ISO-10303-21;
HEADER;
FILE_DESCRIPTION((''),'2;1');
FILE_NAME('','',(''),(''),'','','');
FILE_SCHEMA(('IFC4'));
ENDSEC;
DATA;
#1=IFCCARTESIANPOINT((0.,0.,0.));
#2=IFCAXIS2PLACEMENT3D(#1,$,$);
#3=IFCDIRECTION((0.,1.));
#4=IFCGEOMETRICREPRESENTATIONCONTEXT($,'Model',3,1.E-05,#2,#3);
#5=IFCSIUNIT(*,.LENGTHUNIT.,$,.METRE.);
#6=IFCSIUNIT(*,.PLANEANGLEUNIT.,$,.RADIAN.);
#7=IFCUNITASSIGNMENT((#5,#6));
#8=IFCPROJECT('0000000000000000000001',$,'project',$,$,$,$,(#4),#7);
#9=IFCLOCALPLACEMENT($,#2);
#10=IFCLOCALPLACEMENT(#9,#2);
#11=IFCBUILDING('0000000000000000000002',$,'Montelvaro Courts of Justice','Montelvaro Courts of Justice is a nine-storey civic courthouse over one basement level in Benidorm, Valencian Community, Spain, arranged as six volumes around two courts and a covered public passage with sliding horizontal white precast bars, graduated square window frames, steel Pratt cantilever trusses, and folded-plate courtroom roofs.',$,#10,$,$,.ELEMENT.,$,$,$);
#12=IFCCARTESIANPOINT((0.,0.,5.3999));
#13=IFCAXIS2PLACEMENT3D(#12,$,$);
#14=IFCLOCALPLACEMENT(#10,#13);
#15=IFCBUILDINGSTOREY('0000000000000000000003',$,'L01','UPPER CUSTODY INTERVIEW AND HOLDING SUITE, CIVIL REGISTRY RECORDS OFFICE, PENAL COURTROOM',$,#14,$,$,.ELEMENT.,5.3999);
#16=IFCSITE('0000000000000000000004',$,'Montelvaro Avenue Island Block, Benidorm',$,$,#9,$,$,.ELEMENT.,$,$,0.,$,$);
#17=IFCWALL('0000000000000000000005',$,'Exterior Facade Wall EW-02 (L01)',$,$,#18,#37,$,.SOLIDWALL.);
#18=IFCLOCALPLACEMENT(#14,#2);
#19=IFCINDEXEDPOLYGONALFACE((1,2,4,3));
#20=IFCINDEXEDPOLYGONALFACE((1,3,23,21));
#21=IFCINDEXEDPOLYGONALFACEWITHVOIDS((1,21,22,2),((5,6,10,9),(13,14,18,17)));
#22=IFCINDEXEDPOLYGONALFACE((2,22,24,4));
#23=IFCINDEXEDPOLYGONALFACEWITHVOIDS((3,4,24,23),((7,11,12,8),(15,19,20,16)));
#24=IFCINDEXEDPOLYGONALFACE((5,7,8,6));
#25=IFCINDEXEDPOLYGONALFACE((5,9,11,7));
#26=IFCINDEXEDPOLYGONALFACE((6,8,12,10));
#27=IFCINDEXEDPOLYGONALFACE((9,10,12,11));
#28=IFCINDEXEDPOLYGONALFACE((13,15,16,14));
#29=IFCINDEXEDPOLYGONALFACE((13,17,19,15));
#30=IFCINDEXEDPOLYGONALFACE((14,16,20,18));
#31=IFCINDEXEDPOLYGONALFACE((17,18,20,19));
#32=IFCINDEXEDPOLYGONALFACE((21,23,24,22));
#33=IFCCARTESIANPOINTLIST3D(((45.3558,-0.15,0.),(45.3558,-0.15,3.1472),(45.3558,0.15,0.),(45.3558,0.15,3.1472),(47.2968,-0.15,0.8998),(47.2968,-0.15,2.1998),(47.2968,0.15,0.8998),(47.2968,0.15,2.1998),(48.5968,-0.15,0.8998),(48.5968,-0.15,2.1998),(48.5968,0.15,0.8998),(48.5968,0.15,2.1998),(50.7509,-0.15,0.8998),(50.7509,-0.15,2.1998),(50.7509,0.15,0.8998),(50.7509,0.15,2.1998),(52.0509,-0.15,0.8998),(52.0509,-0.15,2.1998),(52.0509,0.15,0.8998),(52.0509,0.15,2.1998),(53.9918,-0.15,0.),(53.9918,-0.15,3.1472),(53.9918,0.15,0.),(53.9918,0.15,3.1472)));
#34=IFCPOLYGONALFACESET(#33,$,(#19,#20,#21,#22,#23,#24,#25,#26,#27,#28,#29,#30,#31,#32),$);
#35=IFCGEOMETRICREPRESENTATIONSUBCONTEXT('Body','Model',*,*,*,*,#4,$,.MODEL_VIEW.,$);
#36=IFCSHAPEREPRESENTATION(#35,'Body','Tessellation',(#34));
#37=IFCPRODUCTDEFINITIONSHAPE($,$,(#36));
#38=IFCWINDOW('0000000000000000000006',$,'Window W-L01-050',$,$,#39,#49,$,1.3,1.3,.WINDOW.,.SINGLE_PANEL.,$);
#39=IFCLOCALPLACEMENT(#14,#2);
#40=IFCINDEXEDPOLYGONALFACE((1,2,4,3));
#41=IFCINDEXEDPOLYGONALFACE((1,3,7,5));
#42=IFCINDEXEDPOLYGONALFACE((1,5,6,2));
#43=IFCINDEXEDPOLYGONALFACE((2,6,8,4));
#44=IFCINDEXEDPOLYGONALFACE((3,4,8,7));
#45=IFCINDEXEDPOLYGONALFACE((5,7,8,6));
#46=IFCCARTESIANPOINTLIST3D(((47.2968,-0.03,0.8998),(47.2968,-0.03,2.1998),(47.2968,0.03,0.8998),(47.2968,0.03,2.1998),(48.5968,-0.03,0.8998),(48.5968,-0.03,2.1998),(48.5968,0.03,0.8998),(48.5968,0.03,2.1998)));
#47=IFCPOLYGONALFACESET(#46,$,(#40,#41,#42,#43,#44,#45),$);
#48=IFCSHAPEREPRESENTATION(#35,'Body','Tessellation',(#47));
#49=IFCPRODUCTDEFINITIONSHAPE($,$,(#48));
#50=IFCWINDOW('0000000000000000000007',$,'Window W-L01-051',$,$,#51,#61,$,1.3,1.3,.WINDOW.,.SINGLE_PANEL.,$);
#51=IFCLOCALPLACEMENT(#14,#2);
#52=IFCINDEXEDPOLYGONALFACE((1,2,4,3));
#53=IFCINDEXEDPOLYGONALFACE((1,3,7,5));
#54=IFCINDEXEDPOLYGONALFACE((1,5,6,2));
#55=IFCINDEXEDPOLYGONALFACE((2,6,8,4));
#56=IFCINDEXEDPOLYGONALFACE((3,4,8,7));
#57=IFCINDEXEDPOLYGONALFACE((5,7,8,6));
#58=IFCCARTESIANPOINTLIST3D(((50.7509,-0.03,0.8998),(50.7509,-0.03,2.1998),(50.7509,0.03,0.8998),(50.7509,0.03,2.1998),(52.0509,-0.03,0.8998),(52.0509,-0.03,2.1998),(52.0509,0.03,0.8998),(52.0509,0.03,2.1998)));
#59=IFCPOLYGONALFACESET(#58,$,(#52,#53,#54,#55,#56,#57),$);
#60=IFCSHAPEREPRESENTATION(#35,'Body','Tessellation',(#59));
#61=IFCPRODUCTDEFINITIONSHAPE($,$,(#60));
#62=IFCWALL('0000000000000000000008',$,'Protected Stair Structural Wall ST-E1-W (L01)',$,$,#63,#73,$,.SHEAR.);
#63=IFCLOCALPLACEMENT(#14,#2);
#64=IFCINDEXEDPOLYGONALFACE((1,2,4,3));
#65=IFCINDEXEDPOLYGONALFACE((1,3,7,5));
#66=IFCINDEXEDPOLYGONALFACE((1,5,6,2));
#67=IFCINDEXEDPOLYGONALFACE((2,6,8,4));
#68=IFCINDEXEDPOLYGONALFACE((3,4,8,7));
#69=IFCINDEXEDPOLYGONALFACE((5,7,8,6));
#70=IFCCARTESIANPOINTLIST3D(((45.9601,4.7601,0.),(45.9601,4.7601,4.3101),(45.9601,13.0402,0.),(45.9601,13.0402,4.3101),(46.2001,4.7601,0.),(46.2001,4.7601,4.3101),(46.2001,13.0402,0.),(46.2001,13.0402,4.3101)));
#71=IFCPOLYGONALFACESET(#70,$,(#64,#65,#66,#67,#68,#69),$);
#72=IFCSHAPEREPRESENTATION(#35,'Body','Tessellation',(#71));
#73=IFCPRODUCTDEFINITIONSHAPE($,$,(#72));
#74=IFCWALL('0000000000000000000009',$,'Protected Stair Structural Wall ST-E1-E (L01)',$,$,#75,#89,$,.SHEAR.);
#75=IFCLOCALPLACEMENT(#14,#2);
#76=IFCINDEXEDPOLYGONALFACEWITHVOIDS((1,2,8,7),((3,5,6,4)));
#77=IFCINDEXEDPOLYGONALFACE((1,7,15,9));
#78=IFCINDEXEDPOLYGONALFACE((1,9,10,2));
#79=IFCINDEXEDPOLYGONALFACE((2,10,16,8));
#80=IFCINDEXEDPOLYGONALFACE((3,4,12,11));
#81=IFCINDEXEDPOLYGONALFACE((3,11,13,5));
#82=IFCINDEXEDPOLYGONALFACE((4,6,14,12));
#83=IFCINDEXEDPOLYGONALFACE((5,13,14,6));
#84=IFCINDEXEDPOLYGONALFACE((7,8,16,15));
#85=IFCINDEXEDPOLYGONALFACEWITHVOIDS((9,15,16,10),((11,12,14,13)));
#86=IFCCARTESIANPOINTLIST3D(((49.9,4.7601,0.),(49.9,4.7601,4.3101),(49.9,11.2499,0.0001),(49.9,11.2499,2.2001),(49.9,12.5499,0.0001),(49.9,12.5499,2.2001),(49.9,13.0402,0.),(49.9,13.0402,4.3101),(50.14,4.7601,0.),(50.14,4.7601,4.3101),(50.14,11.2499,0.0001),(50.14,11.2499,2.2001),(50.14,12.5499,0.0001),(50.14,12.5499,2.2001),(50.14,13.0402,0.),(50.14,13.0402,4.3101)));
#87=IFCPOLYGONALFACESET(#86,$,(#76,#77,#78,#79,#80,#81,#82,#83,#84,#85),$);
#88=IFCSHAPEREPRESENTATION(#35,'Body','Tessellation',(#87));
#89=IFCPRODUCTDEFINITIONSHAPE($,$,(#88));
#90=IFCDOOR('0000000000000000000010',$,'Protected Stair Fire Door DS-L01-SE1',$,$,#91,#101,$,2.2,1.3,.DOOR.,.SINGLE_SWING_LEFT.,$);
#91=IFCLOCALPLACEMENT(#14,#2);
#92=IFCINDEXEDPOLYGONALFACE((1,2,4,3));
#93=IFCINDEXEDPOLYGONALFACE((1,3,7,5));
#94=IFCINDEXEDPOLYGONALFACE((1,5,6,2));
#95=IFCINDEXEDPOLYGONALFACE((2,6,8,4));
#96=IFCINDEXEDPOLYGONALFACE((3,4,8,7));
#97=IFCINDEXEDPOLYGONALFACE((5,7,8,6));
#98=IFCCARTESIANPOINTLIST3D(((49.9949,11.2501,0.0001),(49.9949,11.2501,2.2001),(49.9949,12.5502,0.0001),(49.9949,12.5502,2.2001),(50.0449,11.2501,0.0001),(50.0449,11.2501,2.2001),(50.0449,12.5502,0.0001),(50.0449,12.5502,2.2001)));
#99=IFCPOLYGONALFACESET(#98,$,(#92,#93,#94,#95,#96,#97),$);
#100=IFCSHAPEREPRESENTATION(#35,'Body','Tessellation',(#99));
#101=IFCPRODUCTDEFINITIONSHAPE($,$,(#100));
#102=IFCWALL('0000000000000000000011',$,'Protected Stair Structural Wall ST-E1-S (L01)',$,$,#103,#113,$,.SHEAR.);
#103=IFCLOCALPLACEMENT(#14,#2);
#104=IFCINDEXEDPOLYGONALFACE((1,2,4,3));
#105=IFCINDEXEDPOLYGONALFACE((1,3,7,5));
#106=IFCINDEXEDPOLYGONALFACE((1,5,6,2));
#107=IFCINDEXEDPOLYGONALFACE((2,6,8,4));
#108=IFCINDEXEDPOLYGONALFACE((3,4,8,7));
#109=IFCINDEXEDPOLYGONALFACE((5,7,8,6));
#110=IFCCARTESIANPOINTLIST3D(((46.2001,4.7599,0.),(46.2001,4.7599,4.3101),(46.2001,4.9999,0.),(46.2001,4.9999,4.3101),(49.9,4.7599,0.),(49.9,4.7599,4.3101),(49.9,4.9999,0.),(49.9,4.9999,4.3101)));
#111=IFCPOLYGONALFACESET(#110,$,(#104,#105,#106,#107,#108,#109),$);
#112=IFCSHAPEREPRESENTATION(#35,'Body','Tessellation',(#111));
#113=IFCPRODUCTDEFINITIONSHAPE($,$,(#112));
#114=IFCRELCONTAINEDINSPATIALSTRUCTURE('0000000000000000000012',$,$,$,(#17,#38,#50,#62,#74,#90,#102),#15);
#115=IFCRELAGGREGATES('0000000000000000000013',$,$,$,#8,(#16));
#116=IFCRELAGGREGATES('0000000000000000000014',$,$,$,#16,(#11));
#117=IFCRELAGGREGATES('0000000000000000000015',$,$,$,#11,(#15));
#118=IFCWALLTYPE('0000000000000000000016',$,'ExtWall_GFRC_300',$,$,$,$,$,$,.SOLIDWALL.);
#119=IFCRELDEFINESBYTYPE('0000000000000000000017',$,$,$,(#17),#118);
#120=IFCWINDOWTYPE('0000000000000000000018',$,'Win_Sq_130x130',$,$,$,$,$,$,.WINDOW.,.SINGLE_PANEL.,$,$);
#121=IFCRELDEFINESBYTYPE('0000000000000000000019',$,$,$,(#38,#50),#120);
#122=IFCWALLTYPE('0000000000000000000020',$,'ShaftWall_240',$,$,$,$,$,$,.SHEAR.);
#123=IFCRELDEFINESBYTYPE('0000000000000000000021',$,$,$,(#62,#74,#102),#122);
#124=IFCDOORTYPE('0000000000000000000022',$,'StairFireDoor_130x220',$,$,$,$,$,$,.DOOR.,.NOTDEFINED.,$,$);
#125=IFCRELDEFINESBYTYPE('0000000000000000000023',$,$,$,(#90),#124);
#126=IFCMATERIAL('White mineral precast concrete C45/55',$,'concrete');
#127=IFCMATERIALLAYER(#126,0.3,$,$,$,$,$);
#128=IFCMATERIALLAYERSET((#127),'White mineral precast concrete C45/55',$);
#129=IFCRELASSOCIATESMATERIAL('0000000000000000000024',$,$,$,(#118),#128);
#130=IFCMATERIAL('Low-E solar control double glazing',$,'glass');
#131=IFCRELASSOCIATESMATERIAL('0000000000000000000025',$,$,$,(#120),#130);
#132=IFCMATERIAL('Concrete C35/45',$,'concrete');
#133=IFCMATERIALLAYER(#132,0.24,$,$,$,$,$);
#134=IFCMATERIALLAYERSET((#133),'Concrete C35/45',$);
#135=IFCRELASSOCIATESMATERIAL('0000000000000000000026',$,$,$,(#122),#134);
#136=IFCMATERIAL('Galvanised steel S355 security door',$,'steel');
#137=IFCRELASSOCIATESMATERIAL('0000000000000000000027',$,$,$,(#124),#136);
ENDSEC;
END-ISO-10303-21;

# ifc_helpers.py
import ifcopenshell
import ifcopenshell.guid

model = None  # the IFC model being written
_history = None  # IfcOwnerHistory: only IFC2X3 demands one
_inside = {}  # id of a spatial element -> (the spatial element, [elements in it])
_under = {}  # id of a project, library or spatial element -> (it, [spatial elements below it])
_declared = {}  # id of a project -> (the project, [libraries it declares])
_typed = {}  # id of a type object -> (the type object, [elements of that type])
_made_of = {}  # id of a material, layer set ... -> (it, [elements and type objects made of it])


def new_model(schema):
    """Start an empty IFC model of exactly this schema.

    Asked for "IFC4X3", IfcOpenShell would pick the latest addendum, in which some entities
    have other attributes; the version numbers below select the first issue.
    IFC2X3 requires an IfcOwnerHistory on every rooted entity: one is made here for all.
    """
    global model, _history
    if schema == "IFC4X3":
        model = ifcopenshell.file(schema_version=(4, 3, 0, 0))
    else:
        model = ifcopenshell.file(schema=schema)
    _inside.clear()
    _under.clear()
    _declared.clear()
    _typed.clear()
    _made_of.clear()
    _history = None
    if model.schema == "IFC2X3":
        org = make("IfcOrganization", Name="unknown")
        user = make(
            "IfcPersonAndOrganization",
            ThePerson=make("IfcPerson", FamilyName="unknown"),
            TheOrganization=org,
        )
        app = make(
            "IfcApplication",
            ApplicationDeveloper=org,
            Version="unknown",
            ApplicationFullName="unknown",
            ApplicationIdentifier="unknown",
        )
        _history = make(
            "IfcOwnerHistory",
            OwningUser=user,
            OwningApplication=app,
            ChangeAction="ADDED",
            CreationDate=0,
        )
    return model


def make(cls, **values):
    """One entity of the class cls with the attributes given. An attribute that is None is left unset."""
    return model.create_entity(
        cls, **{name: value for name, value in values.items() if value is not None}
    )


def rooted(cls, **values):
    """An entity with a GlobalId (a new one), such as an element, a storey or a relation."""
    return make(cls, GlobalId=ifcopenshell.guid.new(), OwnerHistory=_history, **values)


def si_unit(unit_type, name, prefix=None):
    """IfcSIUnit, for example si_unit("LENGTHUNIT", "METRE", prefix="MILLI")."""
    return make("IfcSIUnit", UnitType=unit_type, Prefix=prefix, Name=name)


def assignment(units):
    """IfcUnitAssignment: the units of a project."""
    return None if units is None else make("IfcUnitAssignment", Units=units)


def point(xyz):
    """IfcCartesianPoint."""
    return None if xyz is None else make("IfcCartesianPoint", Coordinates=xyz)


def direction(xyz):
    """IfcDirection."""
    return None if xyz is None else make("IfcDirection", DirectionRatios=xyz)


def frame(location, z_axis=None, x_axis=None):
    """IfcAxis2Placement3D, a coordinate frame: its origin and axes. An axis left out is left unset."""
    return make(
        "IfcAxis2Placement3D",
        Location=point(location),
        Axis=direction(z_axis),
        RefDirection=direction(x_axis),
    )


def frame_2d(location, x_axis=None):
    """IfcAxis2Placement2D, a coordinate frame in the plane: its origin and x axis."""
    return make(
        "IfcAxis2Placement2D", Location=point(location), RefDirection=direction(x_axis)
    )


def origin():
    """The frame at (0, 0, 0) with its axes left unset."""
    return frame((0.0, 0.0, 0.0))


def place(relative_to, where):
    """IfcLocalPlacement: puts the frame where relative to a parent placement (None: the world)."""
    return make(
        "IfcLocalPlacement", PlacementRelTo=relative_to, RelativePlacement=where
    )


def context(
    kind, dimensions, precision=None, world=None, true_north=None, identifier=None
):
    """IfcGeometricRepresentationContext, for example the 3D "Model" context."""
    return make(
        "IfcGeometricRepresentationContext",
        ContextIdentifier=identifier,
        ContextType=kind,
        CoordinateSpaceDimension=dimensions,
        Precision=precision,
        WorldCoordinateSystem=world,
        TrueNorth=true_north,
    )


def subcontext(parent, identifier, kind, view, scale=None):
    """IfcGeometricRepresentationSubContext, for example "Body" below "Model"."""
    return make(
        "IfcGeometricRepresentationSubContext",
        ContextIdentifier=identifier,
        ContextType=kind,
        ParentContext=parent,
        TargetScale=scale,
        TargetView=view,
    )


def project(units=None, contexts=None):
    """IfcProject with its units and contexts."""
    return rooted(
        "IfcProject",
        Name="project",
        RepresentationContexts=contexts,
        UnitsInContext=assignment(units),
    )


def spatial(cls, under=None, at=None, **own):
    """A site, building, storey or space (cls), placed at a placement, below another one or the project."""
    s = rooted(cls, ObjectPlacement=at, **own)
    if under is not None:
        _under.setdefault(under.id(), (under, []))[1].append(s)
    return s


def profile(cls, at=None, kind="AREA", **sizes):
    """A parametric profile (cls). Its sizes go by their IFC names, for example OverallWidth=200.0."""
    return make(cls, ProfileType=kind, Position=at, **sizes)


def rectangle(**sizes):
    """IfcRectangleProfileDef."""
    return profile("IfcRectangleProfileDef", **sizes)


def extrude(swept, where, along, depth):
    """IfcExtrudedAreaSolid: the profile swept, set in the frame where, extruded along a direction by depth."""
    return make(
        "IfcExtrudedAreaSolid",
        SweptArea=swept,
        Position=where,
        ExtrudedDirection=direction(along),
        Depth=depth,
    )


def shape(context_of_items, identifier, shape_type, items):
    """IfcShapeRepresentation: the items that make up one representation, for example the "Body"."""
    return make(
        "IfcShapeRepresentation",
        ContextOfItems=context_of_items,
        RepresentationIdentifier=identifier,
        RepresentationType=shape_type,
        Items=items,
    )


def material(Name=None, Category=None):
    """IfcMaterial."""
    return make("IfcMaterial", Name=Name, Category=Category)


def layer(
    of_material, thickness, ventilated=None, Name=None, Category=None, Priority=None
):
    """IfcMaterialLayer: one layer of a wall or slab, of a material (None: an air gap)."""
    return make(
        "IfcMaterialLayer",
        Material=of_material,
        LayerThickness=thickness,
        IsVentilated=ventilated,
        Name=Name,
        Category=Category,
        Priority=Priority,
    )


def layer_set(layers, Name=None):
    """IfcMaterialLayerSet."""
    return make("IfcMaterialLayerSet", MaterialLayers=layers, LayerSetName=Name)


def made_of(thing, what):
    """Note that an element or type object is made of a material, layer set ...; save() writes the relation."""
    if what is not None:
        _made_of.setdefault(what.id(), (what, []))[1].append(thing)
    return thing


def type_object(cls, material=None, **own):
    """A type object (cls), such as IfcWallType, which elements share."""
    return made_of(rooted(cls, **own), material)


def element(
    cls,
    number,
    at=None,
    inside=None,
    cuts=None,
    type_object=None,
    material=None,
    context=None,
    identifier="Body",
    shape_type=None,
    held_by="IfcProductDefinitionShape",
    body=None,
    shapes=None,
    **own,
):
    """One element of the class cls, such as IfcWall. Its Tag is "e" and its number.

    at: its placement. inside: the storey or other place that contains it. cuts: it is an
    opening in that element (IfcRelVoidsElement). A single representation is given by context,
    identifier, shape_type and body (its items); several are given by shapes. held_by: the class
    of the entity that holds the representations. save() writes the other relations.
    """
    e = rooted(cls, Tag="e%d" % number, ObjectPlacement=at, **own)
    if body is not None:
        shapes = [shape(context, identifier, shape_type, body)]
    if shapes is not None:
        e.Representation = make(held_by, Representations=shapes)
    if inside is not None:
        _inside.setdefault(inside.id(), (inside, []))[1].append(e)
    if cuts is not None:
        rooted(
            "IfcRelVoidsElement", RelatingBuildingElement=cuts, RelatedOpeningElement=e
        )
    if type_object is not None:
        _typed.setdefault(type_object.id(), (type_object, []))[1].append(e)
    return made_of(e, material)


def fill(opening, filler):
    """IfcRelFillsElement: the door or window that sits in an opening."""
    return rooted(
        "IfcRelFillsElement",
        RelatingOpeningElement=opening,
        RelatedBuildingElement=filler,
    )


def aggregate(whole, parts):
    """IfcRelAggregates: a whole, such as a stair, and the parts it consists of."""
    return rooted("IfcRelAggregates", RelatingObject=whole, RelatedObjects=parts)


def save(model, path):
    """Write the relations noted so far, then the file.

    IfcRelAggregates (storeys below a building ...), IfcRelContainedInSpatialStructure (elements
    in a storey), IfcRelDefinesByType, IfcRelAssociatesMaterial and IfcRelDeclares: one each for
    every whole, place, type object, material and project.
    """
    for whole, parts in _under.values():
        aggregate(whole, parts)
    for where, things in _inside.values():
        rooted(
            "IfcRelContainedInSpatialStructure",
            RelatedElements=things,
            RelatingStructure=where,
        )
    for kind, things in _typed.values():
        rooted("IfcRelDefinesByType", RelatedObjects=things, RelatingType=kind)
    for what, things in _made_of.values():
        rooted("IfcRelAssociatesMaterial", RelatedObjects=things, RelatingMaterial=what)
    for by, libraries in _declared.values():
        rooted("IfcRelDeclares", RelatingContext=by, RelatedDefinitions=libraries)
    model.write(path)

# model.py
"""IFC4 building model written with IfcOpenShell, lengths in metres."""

from ifc_helpers import new_model, si_unit, direction, frame, frame_2d, origin, place, context, subcontext, project, spatial, rectangle, extrude, material, layer, layer_set, type_object, element, fill, save


model = new_model("IFC4")

# Units and contexts
model_context = context("Model", 3, precision=1e-05, world=origin(), true_north=direction((0.0, 1.0)))
body_context = subcontext(model_context, "Body", "Model", "MODEL_VIEW")
ifc_project = project(units=[si_unit("LENGTHUNIT", "METRE"), si_unit("PLANEANGLEUNIT", "RADIAN")], contexts=[model_context])

# Site, building, storey
site_placement = place(None, origin())
site = spatial("IfcSite", under=ifc_project, at=site_placement, Name="Montelvaro Avenue Island Block, Benidorm", CompositionType="ELEMENT", RefElevation=0.0)
building_placement = place(site_placement, origin())
building = spatial("IfcBuilding", under=site, at=building_placement, Name="Montelvaro Courts of Justice", Description="Montelvaro Courts of Justice is a nine-storey civic courthouse over one basement level in Benidorm, Valencian Community, Spain, arranged as six volumes around two courts and a covered public passage with sliding horizontal white precast bars, graduated square window frames, steel Pratt cantilever trusses, and folded-plate courtroom roofs.", CompositionType="ELEMENT")
storey_placement = place(building_placement, frame((0.0, 0.0, 5.3999)))
storey = spatial("IfcBuildingStorey", under=building, at=storey_placement, Name="L01", Description="UPPER CUSTODY INTERVIEW AND HOLDING SUITE, CIVIL REGISTRY RECORDS OFFICE, PENAL COURTROOM", CompositionType="ELEMENT", Elevation=5.3999)

# Shared definitions
ifc_material_1 = material(Name="White mineral precast concrete C45/55", Category="concrete")

# Wall, openings, windows
ifc_layer_1 = layer(ifc_material_1, 0.3)
ifc_layer_set_1 = layer_set([ifc_layer_1], Name="White mineral precast concrete C45/55")
wall_type_1 = type_object("IfcWallType", Name="ExtWall_GFRC_300", PredefinedType="SOLIDWALL", material=ifc_layer_set_1)
wall_1_placement = place(storey_placement, frame((45.356, 0.0, 0.0), z_axis=(0.0, 0.0, 1.0), x_axis=(1.0, 0.0, 0.0)))
wall_1 = element("IfcWall", 1, at=wall_1_placement, inside=storey, type_object=wall_type_1, Name="Exterior Facade Wall EW-02 (L01)", PredefinedType="SOLIDWALL", context=body_context, shape_type="SweptSolid", body=[
    extrude(rectangle(XDim=8.636, YDim=0.3, at=frame_2d((4.3179, 0.0))), origin(), (0.0, 0.0, 1.0), 3.1472),
])
opening_1_placement = place(wall_1_placement, frame((1.9409, 0.0, 0.8999)))
opening_1 = element("IfcOpeningElement", 2, at=opening_1_placement, cuts=wall_1, PredefinedType="OPENING", context=body_context, shape_type="SweptSolid", body=[
    extrude(rectangle(XDim=1.3, YDim=1.3, at=frame_2d((0.6499, 0.6499))), frame((0.0, 0.165, 0.0), z_axis=(0.0, -1.0, 0.0), x_axis=(1.0, 0.0, 0.0)), (0.0, 0.0, 1.0), 0.3298),
])
opening_2_placement = place(wall_1_placement, frame((5.395, 0.0, 0.8999)))
opening_2 = element("IfcOpeningElement", 3, at=opening_2_placement, cuts=wall_1, PredefinedType="OPENING", context=body_context, shape_type="SweptSolid", body=[
    extrude(rectangle(XDim=1.3, YDim=1.3, at=frame_2d((0.6499, 0.6499))), frame((0.0, 0.165, 0.0), z_axis=(0.0, -1.0, 0.0), x_axis=(1.0, 0.0, 0.0)), (0.0, 0.0, 1.0), 0.3298),
])
ifc_material_2 = material(Name="Low-E solar control double glazing", Category="glass")
window_type_1 = type_object("IfcWindowType", Name="Win_Sq_130x130", PartitioningType="SINGLE_PANEL", PredefinedType="WINDOW", material=ifc_material_2)
window_1_placement = place(opening_1_placement, origin())
window_1 = element("IfcWindow", 4, at=window_1_placement, inside=storey, type_object=window_type_1, Name="Window W-L01-050", OverallHeight=1.3, OverallWidth=1.3, PartitioningType="SINGLE_PANEL", PredefinedType="WINDOW", context=body_context, shape_type="SweptSolid", body=[
    extrude(rectangle(XDim=1.3, YDim=1.3, at=frame_2d((0.6499, 0.6499))), frame((0.0, 0.03, 0.0), z_axis=(0.0, -1.0, 0.0), x_axis=(1.0, 0.0, 0.0)), (0.0, 0.0, 1.0), 0.0601),
])
fill(opening_1, window_1)
window_2_placement = place(opening_2_placement, origin())
window_2 = element("IfcWindow", 5, at=window_2_placement, inside=storey, type_object=window_type_1, Name="Window W-L01-051", OverallHeight=1.3, OverallWidth=1.3, PartitioningType="SINGLE_PANEL", PredefinedType="WINDOW", context=body_context, shape_type="SweptSolid", body=[
    extrude(rectangle(XDim=1.3, YDim=1.3, at=frame_2d((0.6499, 0.6499))), frame((0.0, 0.03, 0.0), z_axis=(0.0, -1.0, 0.0), x_axis=(1.0, 0.0, 0.0)), (0.0, 0.0, 1.0), 0.0601),
])
fill(opening_2, window_2)

# Wall
ifc_material_3 = material(Name="Concrete C35/45", Category="concrete")
ifc_layer_2 = layer(ifc_material_3, 0.24)
ifc_layer_set_2 = layer_set([ifc_layer_2], Name="Concrete C35/45")
wall_type_2 = type_object("IfcWallType", Name="ShaftWall_240", PredefinedType="SHEAR", material=ifc_layer_set_2)
wall_2_placement = place(storey_placement, frame((46.0801, 4.76, 0.0), z_axis=(0.0, 0.0, 1.0), x_axis=(0.0, 1.0, 0.0)))
element("IfcWall", 6, at=wall_2_placement, inside=storey, type_object=wall_type_2, Name="Protected Stair Structural Wall ST-E1-W (L01)", PredefinedType="SHEAR", context=body_context, shape_type="SweptSolid", body=[
    extrude(rectangle(XDim=8.28, YDim=0.24, at=frame_2d((4.1401, 0.0))), origin(), (0.0, 0.0, 1.0), 4.3101),
])

# Wall, opening, door
wall_3_placement = place(storey_placement, frame((50.02, 4.76, 0.0), z_axis=(0.0, 0.0, 1.0), x_axis=(0.0, 1.0, 0.0)))
wall_3 = element("IfcWall", 7, at=wall_3_placement, inside=storey, type_object=wall_type_2, Name="Protected Stair Structural Wall ST-E1-E (L01)", PredefinedType="SHEAR", context=body_context, shape_type="SweptSolid", body=[
    extrude(rectangle(XDim=8.28, YDim=0.24, at=frame_2d((4.1401, 0.0))), origin(), (0.0, 0.0, 1.0), 4.3101),
])
opening_3_placement = place(wall_3_placement, frame((6.49, 0.0, 0.0)))
opening_3 = element("IfcOpeningElement", 8, at=opening_3_placement, cuts=wall_3, PredefinedType="OPENING", context=body_context, shape_type="SweptSolid", body=[
    extrude(rectangle(XDim=1.3, YDim=2.2, at=frame_2d((0.6499, 1.1001))), frame((0.0, 0.1348, 0.0), z_axis=(0.0, -1.0, 0.0), x_axis=(1.0, 0.0, 0.0)), (0.0, 0.0, 1.0), 0.2698),
])
ifc_material_4 = material(Name="Galvanised steel S355 security door", Category="steel")
door_type_1 = type_object("IfcDoorType", Name="StairFireDoor_130x220", OperationType="NOTDEFINED", PredefinedType="DOOR", material=ifc_material_4)
door_1_placement = place(opening_3_placement, frame((1.3, 0.0, 0.0), z_axis=(0.0, 0.0, 1.0), x_axis=(-1.0, 0.0, 0.0)))
door_1 = element("IfcDoor", 9, at=door_1_placement, inside=storey, type_object=door_type_1, Name="Protected Stair Fire Door DS-L01-SE1", OperationType="SINGLE_SWING_LEFT", OverallHeight=2.2, OverallWidth=1.3, PredefinedType="DOOR", context=body_context, shape_type="SweptSolid", body=[
    extrude(rectangle(XDim=1.3, YDim=2.2, at=frame_2d((0.6499, 1.1001))), frame((0.0, 0.0249, 0.0), z_axis=(0.0, -1.0, 0.0), x_axis=(1.0, 0.0, 0.0)), (0.0, 0.0, 1.0), 0.05),
])
fill(opening_3, door_1)

# Wall
wall_4_placement = place(storey_placement, frame((46.2, 4.8799, 0.0), z_axis=(0.0, 0.0, 1.0), x_axis=(1.0, 0.0, 0.0)))
element("IfcWall", 10, at=wall_4_placement, inside=storey, type_object=wall_type_2, Name="Protected Stair Structural Wall ST-E1-S (L01)", PredefinedType="SHEAR", context=body_context, shape_type="SweptSolid", body=[
    extrude(rectangle(XDim=3.7, YDim=0.24, at=frame_2d((1.8501, 0.0))), origin(), (0.0, 0.0, 1.0), 4.3101),
])

save(model, "model.ifc")
